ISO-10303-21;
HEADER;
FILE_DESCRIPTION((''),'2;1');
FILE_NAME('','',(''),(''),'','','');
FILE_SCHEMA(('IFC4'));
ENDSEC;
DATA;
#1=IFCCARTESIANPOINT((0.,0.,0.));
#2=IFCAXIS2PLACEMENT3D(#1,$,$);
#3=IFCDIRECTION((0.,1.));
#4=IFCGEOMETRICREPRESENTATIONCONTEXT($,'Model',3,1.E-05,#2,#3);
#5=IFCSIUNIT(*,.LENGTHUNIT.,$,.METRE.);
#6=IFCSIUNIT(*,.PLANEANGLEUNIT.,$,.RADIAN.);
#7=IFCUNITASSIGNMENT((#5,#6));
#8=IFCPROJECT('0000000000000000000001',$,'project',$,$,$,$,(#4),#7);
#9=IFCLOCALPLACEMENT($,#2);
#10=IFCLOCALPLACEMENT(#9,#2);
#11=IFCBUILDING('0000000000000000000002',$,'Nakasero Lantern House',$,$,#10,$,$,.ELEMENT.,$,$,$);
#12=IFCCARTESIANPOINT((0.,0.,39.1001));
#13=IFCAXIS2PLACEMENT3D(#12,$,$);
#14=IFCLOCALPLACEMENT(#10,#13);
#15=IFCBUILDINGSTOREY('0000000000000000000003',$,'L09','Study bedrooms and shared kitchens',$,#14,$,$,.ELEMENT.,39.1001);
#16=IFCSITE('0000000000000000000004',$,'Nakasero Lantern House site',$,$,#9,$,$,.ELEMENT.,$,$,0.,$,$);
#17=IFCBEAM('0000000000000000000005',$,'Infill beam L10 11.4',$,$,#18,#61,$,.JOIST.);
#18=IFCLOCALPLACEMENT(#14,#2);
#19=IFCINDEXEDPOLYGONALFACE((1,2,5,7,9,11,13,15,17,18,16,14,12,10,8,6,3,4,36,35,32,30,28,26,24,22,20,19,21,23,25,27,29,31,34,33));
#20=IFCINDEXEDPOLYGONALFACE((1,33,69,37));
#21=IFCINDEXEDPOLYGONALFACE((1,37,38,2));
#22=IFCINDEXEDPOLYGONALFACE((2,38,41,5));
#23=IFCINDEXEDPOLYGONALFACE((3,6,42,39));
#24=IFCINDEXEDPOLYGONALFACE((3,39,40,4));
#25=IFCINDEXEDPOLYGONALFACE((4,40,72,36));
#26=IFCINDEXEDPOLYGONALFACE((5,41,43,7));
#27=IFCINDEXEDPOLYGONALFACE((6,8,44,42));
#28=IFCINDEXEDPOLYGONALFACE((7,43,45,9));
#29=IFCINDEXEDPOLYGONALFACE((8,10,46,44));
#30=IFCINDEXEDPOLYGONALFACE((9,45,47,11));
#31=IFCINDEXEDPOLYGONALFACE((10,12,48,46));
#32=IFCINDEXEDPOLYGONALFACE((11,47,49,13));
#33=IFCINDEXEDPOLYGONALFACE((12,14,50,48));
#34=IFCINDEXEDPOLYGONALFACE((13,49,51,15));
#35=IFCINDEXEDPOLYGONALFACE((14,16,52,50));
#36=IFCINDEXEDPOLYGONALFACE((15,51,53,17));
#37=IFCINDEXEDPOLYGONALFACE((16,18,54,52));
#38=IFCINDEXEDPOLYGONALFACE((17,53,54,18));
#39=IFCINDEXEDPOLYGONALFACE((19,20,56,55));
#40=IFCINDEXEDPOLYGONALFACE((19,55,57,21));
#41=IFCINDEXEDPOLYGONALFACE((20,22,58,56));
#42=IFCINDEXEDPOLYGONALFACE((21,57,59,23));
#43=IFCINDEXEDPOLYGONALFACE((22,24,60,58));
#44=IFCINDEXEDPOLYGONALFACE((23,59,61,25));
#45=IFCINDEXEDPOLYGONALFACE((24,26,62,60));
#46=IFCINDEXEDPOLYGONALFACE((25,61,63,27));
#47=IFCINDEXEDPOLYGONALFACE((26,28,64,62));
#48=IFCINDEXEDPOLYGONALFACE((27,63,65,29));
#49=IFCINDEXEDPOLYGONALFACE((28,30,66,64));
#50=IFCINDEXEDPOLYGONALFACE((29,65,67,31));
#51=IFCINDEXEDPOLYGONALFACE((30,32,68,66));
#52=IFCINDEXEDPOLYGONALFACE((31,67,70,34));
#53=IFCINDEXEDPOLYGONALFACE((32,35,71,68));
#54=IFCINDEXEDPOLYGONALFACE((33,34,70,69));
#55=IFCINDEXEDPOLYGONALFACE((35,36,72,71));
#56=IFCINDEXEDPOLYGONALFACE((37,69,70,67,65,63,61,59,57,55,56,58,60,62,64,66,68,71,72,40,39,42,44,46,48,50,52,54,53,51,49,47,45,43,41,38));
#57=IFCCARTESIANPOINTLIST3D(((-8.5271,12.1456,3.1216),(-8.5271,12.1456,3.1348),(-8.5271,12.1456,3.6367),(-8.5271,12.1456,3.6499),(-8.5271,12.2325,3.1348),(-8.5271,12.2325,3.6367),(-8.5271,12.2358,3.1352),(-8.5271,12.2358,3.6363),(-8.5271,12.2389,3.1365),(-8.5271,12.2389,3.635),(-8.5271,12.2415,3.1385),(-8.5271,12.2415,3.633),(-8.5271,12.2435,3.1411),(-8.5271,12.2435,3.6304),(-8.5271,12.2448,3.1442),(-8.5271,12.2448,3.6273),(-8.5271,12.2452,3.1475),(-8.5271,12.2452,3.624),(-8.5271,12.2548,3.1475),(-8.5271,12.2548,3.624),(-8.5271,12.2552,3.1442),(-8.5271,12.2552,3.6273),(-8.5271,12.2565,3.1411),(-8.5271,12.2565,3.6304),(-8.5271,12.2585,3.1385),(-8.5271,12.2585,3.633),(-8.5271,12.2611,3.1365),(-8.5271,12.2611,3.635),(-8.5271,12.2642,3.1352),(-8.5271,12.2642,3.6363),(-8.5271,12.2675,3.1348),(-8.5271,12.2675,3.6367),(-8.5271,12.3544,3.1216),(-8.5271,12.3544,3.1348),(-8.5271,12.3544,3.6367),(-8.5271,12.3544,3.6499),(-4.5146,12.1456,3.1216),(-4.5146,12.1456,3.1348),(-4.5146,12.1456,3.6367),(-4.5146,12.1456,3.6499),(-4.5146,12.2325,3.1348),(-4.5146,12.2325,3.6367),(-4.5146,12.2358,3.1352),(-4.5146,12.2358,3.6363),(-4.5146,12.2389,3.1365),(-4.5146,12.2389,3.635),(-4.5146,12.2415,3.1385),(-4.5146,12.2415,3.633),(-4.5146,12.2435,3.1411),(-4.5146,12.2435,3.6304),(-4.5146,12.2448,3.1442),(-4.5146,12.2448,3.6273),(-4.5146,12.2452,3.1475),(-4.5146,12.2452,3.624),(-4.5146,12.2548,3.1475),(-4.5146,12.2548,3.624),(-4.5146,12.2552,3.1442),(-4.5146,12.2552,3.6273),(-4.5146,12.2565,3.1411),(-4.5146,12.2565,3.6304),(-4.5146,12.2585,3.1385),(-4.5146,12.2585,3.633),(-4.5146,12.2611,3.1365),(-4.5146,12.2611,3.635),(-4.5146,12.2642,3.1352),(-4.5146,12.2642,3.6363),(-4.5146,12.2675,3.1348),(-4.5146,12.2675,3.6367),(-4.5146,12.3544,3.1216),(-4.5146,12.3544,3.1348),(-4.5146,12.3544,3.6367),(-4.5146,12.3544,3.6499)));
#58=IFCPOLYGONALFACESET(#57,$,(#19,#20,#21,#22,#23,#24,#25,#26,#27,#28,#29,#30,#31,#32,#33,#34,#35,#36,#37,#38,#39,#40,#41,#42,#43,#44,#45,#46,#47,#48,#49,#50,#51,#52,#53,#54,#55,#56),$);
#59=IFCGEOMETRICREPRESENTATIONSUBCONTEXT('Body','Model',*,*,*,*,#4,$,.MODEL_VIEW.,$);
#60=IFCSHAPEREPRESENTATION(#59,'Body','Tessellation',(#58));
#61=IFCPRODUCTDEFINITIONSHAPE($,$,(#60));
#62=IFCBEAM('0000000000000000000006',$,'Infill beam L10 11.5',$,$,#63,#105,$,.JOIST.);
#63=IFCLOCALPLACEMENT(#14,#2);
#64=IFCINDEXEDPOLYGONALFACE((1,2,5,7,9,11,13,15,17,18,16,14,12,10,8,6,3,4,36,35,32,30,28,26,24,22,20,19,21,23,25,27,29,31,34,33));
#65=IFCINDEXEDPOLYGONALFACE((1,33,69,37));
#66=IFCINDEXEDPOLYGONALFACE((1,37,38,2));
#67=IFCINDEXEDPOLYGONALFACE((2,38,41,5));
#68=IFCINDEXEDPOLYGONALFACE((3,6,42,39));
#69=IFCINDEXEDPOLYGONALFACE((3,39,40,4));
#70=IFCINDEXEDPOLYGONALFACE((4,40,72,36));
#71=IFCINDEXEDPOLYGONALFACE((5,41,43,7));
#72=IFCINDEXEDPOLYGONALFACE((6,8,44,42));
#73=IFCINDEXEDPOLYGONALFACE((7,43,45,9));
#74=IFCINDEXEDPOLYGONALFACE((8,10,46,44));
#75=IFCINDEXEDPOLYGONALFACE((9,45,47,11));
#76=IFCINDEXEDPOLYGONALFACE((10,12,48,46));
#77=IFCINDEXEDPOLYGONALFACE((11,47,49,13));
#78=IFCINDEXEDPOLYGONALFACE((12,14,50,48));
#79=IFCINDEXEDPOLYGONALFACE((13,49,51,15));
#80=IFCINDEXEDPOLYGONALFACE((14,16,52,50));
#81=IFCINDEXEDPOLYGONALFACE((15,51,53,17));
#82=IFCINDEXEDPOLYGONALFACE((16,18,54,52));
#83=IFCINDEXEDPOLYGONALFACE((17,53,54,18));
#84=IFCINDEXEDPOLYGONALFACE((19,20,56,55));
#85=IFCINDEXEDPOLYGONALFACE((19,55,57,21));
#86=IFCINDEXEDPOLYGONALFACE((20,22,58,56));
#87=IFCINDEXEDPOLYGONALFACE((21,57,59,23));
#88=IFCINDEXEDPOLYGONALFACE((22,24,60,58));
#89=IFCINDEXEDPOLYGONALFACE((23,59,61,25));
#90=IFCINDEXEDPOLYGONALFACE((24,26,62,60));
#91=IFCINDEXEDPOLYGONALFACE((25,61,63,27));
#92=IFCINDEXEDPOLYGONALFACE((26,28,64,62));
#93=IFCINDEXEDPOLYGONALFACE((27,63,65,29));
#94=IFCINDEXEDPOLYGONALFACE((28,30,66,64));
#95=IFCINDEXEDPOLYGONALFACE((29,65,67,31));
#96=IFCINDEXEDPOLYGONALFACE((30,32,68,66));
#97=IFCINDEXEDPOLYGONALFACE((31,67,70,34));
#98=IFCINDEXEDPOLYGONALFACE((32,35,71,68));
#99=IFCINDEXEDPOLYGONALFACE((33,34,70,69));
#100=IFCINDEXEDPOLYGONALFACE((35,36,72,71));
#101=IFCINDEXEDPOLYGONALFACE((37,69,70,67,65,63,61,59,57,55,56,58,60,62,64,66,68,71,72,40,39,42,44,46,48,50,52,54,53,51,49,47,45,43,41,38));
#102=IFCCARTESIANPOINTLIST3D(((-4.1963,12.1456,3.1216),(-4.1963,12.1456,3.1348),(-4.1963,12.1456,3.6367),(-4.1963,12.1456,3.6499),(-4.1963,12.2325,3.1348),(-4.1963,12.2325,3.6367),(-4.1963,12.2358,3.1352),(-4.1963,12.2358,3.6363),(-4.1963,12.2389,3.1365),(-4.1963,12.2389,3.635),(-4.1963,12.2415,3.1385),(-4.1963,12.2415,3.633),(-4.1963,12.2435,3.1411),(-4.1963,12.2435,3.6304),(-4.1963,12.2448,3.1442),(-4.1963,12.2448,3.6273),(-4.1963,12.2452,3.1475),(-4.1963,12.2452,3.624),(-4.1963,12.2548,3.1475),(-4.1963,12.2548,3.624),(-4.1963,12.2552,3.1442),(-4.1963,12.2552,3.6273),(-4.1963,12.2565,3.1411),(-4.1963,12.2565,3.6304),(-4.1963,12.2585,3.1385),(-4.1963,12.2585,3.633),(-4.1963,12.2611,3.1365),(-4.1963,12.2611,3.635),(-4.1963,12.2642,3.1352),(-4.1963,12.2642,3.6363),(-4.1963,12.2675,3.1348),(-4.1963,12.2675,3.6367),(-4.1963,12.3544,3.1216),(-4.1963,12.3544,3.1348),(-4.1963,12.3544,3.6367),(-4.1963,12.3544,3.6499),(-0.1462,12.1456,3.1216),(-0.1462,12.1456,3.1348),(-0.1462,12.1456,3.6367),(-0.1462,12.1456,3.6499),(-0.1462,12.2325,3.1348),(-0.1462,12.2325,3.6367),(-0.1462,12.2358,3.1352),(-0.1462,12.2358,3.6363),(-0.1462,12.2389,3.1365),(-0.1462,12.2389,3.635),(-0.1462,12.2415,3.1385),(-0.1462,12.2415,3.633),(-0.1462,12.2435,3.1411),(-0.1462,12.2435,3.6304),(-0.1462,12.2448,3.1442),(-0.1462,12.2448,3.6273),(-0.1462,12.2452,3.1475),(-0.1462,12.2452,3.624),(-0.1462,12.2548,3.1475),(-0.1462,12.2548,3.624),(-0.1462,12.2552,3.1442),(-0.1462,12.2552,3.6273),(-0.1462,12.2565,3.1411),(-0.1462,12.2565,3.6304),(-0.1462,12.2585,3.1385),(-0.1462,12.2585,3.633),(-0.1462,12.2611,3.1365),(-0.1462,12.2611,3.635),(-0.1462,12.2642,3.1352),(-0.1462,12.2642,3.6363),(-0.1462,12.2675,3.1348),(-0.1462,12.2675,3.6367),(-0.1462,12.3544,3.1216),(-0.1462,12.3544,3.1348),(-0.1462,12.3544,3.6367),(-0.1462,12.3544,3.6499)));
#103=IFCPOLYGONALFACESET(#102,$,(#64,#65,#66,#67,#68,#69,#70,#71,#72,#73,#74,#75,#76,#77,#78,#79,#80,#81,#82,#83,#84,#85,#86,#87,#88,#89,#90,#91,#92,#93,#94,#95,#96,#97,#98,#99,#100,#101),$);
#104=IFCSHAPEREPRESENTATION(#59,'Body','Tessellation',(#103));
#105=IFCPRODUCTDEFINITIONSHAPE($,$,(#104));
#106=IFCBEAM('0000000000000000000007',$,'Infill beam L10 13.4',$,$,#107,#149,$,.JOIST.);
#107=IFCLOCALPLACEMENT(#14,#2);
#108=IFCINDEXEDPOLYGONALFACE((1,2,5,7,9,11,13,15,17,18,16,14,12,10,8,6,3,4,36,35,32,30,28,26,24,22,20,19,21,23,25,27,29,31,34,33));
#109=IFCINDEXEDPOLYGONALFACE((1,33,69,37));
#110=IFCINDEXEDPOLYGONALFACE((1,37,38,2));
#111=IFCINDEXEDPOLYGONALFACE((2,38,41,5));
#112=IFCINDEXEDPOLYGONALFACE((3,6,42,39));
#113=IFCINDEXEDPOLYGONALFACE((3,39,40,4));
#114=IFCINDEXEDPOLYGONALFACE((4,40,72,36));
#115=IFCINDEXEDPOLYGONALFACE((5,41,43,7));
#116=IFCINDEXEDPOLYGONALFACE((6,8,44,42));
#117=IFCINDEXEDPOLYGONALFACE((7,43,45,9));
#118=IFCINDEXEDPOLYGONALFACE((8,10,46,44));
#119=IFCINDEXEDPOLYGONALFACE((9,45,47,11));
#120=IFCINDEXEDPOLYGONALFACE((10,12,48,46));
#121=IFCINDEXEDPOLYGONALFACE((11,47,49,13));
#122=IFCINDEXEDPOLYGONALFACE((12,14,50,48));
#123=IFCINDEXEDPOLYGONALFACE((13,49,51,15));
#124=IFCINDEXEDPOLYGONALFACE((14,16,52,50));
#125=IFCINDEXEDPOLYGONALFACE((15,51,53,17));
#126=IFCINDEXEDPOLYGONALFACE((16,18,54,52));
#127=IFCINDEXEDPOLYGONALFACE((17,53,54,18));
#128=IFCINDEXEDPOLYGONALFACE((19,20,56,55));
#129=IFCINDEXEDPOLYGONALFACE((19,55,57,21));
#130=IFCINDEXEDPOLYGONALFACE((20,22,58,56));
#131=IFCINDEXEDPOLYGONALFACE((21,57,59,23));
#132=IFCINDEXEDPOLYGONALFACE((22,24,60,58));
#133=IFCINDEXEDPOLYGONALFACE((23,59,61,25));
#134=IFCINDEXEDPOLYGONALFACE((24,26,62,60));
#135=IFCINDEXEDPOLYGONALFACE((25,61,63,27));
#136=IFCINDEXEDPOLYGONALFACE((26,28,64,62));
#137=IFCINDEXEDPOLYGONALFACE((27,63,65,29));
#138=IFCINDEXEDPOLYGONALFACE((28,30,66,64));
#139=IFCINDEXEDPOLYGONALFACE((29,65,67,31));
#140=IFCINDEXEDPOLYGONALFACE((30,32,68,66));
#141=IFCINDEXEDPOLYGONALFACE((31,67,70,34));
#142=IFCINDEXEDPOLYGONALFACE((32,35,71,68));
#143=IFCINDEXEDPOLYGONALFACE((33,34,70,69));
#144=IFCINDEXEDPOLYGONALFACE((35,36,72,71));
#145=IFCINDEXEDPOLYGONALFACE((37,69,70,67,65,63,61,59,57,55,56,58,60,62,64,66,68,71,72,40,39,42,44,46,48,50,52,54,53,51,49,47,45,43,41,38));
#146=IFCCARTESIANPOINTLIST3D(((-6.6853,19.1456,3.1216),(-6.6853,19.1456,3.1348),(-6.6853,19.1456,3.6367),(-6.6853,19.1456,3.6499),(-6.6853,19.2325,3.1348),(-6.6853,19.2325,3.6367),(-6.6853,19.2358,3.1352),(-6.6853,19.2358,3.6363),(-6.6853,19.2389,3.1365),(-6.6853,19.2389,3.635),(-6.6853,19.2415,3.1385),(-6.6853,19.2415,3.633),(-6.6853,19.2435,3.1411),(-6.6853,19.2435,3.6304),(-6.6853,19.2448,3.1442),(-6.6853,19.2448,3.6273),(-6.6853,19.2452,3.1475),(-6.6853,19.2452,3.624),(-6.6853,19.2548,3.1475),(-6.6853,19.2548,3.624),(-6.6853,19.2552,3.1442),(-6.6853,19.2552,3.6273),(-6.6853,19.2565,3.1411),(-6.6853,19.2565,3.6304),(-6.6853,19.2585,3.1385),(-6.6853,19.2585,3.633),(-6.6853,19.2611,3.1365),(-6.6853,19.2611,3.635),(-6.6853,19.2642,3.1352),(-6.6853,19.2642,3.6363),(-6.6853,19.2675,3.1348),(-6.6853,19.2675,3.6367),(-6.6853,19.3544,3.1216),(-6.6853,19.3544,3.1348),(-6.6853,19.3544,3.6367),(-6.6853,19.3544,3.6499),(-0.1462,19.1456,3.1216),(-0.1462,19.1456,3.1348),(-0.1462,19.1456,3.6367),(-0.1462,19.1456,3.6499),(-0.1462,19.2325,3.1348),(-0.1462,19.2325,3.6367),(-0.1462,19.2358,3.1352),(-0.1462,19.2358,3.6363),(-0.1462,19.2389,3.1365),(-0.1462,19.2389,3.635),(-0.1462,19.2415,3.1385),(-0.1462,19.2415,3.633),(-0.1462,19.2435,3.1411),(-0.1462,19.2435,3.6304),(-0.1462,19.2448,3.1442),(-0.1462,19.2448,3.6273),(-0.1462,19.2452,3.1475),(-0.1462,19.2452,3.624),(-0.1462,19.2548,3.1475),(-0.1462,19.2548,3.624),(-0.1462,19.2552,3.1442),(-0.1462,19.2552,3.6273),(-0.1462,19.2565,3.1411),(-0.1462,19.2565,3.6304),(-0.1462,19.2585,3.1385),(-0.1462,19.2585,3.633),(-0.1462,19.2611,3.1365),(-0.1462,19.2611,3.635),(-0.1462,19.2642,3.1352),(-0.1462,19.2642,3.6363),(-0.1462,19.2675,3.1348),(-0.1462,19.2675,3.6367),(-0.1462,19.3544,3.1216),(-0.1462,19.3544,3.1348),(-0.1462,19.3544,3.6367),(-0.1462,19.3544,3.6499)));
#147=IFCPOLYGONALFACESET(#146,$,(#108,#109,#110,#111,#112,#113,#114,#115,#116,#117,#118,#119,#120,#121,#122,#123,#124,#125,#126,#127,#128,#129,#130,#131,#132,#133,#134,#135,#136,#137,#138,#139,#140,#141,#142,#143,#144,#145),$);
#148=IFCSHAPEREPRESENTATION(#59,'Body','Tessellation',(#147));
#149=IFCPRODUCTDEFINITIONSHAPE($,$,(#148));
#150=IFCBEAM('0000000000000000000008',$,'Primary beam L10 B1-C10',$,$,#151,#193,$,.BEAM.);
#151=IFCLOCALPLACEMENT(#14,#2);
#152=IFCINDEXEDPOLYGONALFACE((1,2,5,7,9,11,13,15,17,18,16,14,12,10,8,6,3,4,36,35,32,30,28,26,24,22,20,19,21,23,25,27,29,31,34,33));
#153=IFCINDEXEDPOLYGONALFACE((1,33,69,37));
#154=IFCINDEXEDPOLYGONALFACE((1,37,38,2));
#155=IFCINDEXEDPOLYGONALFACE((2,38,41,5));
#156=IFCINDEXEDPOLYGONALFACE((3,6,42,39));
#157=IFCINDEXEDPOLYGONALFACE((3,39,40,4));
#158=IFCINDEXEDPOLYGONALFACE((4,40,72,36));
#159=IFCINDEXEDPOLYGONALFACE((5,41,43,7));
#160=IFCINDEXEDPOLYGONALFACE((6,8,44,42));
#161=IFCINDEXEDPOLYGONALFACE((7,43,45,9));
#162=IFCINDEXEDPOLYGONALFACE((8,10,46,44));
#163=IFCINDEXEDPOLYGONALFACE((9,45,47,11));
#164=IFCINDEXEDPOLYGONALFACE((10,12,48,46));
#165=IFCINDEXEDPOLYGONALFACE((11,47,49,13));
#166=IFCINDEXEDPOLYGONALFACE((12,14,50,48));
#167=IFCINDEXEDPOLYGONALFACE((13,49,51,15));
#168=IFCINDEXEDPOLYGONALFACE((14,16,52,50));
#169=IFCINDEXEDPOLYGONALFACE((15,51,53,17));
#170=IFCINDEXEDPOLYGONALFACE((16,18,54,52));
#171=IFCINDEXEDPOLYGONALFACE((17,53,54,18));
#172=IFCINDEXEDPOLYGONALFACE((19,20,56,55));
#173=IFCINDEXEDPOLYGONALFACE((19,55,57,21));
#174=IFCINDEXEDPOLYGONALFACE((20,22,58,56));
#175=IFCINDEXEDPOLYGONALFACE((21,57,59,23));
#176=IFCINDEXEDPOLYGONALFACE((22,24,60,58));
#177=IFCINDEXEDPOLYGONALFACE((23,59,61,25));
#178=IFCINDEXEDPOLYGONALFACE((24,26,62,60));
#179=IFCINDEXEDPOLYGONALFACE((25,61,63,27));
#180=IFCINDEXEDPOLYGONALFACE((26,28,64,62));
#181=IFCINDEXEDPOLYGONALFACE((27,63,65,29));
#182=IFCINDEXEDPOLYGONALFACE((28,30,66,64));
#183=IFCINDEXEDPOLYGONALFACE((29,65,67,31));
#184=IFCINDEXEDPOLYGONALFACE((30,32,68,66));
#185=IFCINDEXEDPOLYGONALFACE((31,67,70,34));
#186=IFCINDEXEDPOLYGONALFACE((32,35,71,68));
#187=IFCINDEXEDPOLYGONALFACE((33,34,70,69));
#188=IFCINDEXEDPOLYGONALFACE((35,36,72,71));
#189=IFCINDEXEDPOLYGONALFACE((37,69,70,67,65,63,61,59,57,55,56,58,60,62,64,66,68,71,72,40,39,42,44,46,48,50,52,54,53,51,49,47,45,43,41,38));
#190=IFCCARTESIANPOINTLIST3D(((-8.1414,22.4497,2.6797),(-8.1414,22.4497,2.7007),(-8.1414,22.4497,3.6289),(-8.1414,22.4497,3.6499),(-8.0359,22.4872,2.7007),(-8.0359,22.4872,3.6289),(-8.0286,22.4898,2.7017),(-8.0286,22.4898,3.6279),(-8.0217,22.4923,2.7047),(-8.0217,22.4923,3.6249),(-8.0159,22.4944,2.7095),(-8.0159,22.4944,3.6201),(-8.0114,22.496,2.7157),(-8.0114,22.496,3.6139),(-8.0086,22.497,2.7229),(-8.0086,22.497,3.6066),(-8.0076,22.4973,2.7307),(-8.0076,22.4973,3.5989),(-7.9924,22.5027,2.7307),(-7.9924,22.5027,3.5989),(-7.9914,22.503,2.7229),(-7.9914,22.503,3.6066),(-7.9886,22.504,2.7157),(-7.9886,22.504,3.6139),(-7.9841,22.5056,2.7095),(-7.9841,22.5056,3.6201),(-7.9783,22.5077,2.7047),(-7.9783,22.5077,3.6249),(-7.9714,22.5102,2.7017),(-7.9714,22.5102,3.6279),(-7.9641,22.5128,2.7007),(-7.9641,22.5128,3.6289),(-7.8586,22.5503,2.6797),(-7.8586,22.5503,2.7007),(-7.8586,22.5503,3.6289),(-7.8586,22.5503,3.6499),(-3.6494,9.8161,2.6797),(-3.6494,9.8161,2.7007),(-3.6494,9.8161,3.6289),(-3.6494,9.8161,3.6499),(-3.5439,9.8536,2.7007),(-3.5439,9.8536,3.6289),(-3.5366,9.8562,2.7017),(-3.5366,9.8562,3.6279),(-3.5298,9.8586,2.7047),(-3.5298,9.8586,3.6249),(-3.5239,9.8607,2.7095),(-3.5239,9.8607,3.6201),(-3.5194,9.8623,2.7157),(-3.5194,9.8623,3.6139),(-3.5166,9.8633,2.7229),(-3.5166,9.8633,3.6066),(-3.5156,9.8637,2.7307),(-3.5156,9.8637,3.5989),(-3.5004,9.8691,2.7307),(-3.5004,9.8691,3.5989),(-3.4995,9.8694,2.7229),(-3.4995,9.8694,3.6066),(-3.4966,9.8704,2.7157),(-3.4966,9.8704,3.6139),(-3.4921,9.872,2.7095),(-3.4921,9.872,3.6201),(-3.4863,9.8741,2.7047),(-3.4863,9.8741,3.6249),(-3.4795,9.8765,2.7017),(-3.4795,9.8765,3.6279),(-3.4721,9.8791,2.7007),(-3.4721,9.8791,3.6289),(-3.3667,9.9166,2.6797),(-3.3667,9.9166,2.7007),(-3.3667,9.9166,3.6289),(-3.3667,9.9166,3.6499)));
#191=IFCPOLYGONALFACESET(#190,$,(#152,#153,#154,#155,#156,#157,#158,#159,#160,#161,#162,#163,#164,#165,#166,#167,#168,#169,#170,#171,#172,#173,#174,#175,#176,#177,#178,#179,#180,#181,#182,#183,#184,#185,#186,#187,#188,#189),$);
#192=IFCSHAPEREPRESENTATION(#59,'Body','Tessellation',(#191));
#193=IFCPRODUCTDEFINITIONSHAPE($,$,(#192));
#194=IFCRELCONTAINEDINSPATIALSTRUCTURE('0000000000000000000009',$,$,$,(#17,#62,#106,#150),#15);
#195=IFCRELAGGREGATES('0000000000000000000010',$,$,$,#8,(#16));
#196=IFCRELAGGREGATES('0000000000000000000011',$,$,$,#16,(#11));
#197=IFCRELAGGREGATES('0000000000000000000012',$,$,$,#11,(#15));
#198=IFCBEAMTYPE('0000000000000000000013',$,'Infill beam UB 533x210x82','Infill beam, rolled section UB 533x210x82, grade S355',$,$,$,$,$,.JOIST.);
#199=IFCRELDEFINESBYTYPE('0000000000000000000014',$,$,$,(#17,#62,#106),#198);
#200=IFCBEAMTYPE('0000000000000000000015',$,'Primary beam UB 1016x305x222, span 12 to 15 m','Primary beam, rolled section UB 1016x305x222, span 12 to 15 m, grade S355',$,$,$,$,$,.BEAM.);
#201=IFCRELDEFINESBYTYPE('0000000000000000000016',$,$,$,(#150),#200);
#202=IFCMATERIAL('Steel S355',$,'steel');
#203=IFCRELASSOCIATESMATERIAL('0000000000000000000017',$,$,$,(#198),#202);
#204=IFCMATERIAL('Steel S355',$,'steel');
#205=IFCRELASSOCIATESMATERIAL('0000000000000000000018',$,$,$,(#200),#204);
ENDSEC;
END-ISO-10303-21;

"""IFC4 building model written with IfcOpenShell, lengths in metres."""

from ifc_helpers import new_model, si_unit, direction, frame, origin, origin_2d, place, context, subcontext, project, spatial, i_section, extrude, material, material_profile, profile_set, type_object, element, save


model = new_model("IFC4")

# Units and contexts
model_context = context("Model", 3, precision=1e-05, world=origin(), true_north=direction((0.0, 1.0)))
body_context = subcontext(model_context, "Body", "Model", "MODEL_VIEW")
ifc_project = project(units=[si_unit("LENGTHUNIT", "METRE"), si_unit("PLANEANGLEUNIT", "RADIAN")], contexts=[model_context])

# Site, building, storey
site_placement = place(None, origin())
site = spatial("IfcSite", under=ifc_project, at=site_placement, Name="Nakasero Lantern House site", CompositionType="ELEMENT", RefElevation=0.0)
building_placement = place(site_placement, origin())
building = spatial("IfcBuilding", under=site, at=building_placement, Name="Nakasero Lantern House", CompositionType="ELEMENT")
storey_placement = place(building_placement, frame((0.0, 0.0, 39.1001)))
storey = spatial("IfcBuildingStorey", under=building, at=storey_placement, Name="L09", Description="Study bedrooms and shared kitchens", CompositionType="ELEMENT", Elevation=39.1001)

# Beams
ifc_material_1 = material(Name="Steel S355", Category="steel")
ifc_material_profile_1 = material_profile(ifc_material_1, i_section(OverallWidth=0.2087, OverallDepth=0.5283, WebThickness=0.0095, FlangeThickness=0.0132, FilletRadius=0.0127, at=origin_2d()), Name="UB 533x210x82")
ifc_profile_set_1 = profile_set([ifc_material_profile_1], Name="Steel S355")
beam_type_1 = type_object("IfcBeamType", Name="Infill beam UB 533x210x82", Description="Infill beam, rolled section UB 533x210x82, grade S355", PredefinedType="JOIST", material=ifc_profile_set_1)
beam_1_placement = place(storey_placement, frame((-8.5271, 12.25, 3.3857), z_axis=(1.0, 0.0, 0.0), x_axis=(0.0, 1.0, 0.0)))
element("IfcBeam", 1, at=beam_1_placement, inside=storey, type_object=beam_type_1, Name="Infill beam L10 11.4", PredefinedType="JOIST", context=body_context, shape_type="SweptSolid", body=[
    extrude(i_section(OverallWidth=0.2087, OverallDepth=0.5283, WebThickness=0.0095, FlangeThickness=0.0132, FilletRadius=0.0127, at=origin_2d()), origin(), (0.0, 0.0, 1.0), 4.0125),
])
beam_2_placement = place(storey_placement, frame((-4.1963, 12.25, 3.3857), z_axis=(1.0, 0.0, 0.0), x_axis=(0.0, 1.0, 0.0)))
element("IfcBeam", 2, at=beam_2_placement, inside=storey, type_object=beam_type_1, Name="Infill beam L10 11.5", PredefinedType="JOIST", context=body_context, shape_type="SweptSolid", body=[
    extrude(i_section(OverallWidth=0.2087, OverallDepth=0.5283, WebThickness=0.0095, FlangeThickness=0.0132, FilletRadius=0.0127, at=origin_2d()), origin(), (0.0, 0.0, 1.0), 4.05),
])
beam_3_placement = place(storey_placement, frame((-6.6853, 19.25, 3.3857), z_axis=(1.0, 0.0, 0.0), x_axis=(0.0, 1.0, 0.0)))
element("IfcBeam", 3, at=beam_3_placement, inside=storey, type_object=beam_type_1, Name="Infill beam L10 13.4", PredefinedType="JOIST", context=body_context, shape_type="SweptSolid", body=[
    extrude(i_section(OverallWidth=0.2087, OverallDepth=0.5283, WebThickness=0.0095, FlangeThickness=0.0132, FilletRadius=0.0127, at=origin_2d()), origin(), (0.0, 0.0, 1.0), 6.5391),
])
ifc_material_2 = material(Name="Steel S355", Category="steel")
ifc_material_profile_2 = material_profile(ifc_material_2, i_section(OverallWidth=0.3, OverallDepth=0.9702, WebThickness=0.0161, FlangeThickness=0.021, FilletRadius=0.03, at=origin_2d()), Name="UB 1016x305x222")
ifc_profile_set_2 = profile_set([ifc_material_profile_2], Name="Steel S355")
beam_type_2 = type_object("IfcBeamType", Name="Primary beam UB 1016x305x222, span 12 to 15 m", Description="Primary beam, rolled section UB 1016x305x222, span 12 to 15 m, grade S355", PredefinedType="BEAM", material=ifc_profile_set_2)
beam_4_placement = place(storey_placement, frame((-8.0, 22.5, 3.1648), z_axis=(0.335011, -0.942214, 0.0), x_axis=(0.942214, 0.335011, 0.0)))
element("IfcBeam", 4, at=beam_4_placement, inside=storey, type_object=beam_type_2, Name="Primary beam L10 B1-C10", PredefinedType="BEAM", context=body_context, shape_type="SweptSolid", body=[
    extrude(i_section(OverallWidth=0.3, OverallDepth=0.9702, WebThickness=0.0161, FlangeThickness=0.021, FilletRadius=0.03, at=origin_2d()), origin(), (0.0, 0.0, 1.0), 13.4084),
])

save(model, "model.ifc")
